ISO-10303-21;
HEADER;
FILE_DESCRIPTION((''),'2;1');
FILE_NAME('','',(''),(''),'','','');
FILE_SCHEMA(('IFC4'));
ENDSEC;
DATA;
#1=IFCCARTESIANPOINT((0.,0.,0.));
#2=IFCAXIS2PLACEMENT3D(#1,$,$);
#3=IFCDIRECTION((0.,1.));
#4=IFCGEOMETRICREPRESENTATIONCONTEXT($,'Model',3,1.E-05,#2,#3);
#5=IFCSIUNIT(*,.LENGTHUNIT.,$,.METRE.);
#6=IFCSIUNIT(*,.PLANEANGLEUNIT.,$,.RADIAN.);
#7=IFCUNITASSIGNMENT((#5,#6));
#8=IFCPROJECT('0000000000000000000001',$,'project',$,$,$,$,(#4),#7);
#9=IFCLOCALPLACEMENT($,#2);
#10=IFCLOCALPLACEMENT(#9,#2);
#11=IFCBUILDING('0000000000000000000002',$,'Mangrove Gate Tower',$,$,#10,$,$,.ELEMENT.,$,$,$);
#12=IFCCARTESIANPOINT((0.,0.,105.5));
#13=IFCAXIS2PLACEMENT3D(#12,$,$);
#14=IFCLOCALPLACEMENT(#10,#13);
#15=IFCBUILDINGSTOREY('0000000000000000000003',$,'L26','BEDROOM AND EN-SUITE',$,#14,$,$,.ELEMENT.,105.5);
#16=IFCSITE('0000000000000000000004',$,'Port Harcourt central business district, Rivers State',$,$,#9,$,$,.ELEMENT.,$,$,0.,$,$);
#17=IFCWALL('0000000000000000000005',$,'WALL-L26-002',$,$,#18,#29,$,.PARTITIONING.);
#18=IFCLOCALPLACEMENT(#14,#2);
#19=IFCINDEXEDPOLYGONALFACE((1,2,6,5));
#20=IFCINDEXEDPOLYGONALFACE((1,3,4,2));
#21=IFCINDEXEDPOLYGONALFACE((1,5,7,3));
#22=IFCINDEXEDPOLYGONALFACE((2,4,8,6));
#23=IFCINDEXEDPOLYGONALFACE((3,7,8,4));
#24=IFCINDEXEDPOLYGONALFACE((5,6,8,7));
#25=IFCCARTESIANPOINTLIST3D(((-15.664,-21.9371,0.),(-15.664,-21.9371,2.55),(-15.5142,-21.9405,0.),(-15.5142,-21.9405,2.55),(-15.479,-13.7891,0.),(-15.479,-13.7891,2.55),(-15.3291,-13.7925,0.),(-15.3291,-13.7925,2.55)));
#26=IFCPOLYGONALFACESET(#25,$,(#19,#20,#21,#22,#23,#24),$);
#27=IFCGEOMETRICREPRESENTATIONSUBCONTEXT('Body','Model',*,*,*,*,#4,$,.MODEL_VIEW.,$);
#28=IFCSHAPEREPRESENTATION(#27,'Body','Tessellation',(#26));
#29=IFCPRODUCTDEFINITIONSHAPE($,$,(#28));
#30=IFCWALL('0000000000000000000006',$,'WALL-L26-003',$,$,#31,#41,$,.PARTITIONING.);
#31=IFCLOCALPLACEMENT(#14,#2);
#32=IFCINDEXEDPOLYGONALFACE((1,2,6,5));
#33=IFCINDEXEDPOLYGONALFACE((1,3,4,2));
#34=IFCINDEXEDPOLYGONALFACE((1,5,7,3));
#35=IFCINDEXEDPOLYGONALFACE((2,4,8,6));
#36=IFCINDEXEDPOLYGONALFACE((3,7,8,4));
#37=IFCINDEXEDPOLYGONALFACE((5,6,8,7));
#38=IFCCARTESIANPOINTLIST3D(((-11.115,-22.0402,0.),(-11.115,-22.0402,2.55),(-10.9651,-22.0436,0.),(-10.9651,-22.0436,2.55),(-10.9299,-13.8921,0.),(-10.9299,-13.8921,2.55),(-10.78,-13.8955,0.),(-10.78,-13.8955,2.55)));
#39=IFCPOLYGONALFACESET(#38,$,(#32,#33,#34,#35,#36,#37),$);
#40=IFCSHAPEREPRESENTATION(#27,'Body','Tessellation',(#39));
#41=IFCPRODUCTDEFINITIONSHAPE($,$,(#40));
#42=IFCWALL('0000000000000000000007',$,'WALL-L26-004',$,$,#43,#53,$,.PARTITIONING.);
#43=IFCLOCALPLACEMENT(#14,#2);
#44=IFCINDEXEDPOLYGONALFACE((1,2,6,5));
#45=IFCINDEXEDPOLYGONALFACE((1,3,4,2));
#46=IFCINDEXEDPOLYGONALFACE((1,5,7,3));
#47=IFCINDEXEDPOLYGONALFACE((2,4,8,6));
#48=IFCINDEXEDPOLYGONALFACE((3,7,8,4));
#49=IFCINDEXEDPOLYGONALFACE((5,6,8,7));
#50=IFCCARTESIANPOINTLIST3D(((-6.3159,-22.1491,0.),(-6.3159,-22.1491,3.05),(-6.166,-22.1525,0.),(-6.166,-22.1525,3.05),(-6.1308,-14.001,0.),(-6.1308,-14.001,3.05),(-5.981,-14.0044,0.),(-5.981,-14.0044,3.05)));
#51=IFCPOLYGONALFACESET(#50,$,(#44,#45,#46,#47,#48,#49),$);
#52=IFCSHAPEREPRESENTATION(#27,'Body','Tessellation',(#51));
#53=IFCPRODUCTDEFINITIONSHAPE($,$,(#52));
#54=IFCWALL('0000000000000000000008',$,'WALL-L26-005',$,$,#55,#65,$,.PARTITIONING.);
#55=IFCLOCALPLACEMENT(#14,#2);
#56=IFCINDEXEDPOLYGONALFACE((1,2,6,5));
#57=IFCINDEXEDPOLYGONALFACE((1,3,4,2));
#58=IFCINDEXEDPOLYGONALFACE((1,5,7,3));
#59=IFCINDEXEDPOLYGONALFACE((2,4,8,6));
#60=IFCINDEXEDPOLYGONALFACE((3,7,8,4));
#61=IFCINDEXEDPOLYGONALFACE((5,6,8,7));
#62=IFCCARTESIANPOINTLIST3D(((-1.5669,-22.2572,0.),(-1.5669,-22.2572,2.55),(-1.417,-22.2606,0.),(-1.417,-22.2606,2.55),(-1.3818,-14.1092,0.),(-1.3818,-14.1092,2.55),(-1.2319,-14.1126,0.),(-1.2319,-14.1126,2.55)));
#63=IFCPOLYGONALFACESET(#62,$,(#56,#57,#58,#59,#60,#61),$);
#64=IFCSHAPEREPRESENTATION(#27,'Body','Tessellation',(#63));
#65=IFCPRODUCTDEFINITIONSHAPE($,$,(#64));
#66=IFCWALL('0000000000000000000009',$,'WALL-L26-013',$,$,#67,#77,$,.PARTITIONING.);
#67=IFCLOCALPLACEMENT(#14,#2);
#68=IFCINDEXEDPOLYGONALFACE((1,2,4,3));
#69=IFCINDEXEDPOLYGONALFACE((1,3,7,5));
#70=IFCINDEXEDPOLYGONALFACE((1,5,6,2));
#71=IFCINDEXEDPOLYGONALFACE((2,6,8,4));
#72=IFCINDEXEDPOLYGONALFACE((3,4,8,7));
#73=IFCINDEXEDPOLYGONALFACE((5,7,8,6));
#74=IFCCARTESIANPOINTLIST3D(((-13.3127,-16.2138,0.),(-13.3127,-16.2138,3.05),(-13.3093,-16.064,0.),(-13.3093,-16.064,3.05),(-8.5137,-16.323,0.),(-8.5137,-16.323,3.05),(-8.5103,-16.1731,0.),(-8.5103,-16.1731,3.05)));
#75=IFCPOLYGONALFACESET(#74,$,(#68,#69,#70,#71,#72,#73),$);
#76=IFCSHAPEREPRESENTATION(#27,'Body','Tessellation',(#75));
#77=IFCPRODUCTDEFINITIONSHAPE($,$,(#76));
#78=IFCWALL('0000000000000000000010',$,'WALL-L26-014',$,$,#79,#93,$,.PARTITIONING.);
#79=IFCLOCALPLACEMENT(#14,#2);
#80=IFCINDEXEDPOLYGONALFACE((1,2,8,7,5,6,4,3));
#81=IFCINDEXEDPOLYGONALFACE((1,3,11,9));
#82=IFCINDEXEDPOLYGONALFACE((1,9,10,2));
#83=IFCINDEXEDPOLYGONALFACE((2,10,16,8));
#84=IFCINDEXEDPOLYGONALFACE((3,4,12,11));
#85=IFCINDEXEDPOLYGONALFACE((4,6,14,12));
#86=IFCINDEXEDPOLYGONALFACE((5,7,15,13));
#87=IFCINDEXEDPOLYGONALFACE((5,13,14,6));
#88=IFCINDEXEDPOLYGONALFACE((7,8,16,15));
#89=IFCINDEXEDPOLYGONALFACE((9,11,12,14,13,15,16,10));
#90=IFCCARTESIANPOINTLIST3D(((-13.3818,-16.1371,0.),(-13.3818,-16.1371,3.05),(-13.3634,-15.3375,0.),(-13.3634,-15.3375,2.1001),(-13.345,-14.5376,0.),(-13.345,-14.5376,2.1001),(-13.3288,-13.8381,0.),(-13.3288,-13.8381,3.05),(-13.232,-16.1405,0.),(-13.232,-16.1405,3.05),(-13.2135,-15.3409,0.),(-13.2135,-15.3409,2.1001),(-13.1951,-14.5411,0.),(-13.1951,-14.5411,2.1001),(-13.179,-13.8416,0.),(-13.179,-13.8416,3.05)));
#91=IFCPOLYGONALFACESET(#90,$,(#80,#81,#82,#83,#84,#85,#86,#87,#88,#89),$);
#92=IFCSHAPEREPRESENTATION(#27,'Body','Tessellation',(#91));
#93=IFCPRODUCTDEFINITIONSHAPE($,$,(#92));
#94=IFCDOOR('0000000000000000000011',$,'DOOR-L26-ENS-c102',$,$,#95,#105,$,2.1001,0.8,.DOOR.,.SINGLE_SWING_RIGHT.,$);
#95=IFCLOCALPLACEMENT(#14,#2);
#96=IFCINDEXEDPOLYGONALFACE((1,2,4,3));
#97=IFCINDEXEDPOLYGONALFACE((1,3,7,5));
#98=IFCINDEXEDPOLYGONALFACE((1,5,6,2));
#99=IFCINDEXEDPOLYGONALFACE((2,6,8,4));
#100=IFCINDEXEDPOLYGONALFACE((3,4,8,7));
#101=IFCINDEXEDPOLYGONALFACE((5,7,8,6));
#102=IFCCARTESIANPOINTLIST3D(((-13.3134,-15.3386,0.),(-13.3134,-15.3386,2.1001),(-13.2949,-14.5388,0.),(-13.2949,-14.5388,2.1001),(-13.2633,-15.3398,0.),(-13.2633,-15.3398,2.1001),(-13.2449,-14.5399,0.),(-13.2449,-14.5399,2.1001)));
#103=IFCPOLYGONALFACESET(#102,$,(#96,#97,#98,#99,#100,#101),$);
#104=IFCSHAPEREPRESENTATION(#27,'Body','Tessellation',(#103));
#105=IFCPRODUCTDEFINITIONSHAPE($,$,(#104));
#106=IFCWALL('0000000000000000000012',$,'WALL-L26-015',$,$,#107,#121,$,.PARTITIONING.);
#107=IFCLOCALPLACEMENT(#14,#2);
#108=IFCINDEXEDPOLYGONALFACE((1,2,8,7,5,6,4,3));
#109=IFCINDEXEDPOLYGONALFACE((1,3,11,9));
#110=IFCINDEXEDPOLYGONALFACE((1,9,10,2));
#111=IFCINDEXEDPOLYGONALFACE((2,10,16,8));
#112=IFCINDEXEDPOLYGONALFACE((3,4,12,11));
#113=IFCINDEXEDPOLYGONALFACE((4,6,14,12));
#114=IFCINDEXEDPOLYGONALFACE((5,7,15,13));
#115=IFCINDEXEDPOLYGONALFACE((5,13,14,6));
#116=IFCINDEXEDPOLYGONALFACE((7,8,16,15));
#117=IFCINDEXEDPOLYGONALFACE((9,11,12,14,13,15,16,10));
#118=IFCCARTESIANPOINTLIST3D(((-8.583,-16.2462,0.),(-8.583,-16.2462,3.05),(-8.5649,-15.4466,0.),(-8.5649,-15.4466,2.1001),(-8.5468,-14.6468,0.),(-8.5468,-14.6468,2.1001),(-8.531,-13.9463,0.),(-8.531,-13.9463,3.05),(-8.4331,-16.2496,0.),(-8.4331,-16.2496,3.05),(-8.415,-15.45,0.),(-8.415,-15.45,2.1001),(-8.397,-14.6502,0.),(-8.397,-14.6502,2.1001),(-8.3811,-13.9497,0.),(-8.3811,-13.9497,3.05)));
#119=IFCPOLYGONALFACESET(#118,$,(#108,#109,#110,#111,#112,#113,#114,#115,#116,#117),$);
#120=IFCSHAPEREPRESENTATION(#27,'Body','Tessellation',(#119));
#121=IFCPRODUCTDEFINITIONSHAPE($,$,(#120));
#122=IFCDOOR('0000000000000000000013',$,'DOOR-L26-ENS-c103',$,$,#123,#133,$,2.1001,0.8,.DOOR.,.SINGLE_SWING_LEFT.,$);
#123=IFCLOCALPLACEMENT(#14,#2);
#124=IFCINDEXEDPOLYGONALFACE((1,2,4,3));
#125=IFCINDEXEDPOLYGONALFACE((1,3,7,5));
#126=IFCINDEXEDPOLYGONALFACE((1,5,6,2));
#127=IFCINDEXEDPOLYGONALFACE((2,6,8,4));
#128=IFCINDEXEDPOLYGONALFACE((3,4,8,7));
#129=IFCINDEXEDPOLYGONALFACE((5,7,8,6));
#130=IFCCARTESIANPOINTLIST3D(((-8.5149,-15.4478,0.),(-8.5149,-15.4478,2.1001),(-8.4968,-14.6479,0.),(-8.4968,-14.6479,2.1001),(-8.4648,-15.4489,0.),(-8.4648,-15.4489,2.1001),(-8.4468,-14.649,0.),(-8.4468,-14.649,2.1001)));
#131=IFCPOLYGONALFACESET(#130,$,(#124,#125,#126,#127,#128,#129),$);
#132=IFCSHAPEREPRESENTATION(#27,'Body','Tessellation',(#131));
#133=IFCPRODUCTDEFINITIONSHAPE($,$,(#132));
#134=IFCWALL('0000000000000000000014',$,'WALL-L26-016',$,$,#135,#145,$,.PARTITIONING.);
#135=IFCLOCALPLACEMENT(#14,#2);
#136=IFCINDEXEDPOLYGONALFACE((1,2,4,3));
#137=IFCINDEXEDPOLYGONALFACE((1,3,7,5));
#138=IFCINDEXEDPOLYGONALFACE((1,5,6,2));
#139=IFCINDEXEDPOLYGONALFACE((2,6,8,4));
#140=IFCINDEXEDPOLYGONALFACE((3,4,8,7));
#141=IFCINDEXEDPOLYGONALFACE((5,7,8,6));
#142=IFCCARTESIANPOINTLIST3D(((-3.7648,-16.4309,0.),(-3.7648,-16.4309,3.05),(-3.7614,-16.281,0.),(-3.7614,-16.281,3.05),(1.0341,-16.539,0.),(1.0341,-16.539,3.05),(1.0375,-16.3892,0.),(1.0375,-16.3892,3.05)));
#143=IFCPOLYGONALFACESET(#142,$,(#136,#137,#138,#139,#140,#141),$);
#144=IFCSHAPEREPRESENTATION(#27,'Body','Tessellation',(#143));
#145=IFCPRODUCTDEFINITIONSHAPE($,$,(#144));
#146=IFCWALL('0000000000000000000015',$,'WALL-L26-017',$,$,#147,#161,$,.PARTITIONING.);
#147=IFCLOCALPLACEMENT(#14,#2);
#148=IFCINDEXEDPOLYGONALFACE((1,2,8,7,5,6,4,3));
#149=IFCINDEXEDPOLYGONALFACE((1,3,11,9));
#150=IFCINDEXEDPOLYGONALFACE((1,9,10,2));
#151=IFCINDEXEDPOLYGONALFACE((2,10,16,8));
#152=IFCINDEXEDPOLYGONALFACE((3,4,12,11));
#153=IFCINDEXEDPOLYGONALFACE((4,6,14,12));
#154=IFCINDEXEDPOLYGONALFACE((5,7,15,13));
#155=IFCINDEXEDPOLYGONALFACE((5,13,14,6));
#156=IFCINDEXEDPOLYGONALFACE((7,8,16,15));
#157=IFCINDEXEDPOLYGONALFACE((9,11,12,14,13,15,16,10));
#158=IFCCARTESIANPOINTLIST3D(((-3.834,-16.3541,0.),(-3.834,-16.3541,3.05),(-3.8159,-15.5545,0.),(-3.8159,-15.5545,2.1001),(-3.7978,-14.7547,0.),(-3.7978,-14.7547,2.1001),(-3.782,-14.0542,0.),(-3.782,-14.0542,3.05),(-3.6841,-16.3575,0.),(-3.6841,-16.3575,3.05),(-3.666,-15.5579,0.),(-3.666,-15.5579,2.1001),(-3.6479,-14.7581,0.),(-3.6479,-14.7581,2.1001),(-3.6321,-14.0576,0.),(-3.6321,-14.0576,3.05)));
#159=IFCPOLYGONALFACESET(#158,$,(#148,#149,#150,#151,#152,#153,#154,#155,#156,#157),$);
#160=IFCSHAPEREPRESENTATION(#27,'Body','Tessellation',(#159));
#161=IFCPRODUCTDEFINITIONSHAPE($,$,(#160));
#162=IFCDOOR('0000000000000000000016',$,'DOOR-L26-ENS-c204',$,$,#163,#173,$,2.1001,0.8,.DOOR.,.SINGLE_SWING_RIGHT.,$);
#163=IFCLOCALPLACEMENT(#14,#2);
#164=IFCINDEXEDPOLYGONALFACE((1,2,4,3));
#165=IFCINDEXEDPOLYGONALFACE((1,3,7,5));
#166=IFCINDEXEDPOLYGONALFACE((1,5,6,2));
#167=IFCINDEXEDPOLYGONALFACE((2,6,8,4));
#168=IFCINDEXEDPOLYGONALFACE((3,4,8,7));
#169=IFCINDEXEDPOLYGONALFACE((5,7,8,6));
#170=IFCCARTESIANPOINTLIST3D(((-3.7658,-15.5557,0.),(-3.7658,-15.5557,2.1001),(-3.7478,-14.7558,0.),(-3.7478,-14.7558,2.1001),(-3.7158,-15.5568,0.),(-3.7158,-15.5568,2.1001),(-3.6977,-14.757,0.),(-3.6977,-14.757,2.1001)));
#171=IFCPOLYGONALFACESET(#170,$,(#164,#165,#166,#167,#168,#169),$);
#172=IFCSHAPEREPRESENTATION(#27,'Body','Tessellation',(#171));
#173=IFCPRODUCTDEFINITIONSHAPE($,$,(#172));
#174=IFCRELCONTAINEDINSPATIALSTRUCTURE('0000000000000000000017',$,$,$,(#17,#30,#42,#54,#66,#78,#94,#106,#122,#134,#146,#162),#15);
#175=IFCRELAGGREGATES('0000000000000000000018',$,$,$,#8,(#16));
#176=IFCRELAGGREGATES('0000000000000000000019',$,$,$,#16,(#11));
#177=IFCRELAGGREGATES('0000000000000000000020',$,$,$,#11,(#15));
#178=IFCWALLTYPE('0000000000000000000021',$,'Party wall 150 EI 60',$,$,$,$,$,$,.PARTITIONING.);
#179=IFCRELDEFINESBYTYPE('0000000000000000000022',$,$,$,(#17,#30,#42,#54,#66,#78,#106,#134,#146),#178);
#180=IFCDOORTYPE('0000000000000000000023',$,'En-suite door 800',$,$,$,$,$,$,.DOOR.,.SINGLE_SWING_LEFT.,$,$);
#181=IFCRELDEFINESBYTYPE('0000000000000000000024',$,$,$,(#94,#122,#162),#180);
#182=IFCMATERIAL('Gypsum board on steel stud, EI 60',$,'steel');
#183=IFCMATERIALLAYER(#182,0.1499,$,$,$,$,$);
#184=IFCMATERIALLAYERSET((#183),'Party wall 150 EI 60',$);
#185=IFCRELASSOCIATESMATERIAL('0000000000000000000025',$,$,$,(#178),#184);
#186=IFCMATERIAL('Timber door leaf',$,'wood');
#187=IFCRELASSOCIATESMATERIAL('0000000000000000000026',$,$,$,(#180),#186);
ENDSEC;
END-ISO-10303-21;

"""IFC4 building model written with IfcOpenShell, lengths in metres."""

from ifc_helpers import new_model, si_unit, direction, frame, frame_2d, origin, place, context, subcontext, project, spatial, rectangle, extrude, material, layer, layer_set, type_object, element, fill, save


model = new_model("IFC4")

# Units and contexts
model_context = context("Model", 3, precision=1e-05, world=origin(), true_north=direction((0.0, 1.0)))
body_context = subcontext(model_context, "Body", "Model", "MODEL_VIEW")
ifc_project = project(units=[si_unit("LENGTHUNIT", "METRE"), si_unit("PLANEANGLEUNIT", "RADIAN")], contexts=[model_context])

# Site, building, storey
site_placement = place(None, origin())
site = spatial("IfcSite", under=ifc_project, at=site_placement, Name="Port Harcourt central business district, Rivers State", CompositionType="ELEMENT", RefElevation=0.0)
building_placement = place(site_placement, origin())
building = spatial("IfcBuilding", under=site, at=building_placement, Name="Mangrove Gate Tower", CompositionType="ELEMENT")
storey_placement = place(building_placement, frame((0.0, 0.0, 105.5)))
storey = spatial("IfcBuildingStorey", under=building, at=storey_placement, Name="L26", Description="BEDROOM AND EN-SUITE", CompositionType="ELEMENT", Elevation=105.5)

# Walls
ifc_material_1 = material(Name="Gypsum board on steel stud, EI 60", Category="steel")
ifc_layer_1 = layer(ifc_material_1, 0.1499)
ifc_layer_set_1 = layer_set([ifc_layer_1], Name="Party wall 150 EI 60")
wall_type_1 = type_object("IfcWallType", Name="Party wall 150 EI 60", PredefinedType="PARTITIONING", material=ifc_layer_set_1)
for number, where, z_axis, x_axis, name in (
    (1, (-15.5891, -21.939, 0.0), (0.0, 0.0, 1.0), (0.022706, 0.999742, 0.0), "WALL-L26-002"),
    (2, (-11.04, -22.042, 0.0), (0.0, 0.0, 1.0), (0.022706, 0.999742, 0.0), "WALL-L26-003"),
):
    element("IfcWall", number, at=place(storey_placement, frame(where, z_axis=z_axis, x_axis=x_axis)), inside=storey, type_object=wall_type_1, Name=name, PredefinedType="PARTITIONING", context=body_context, shape_type="SweptSolid", body=[
        extrude(rectangle(XDim=8.1501, YDim=0.1499, at=frame_2d((4.0752, 0.0))), origin(), (0.0, 0.0, 1.0), 2.55),
    ])
wall_1_placement = place(storey_placement, frame((-6.241, -22.1509, 0.0), z_axis=(0.0, 0.0, 1.0), x_axis=(0.022706, 0.999742, 0.0)))
element("IfcWall", 3, at=wall_1_placement, inside=storey, type_object=wall_type_1, Name="WALL-L26-004", PredefinedType="PARTITIONING", context=body_context, shape_type="SweptSolid", body=[
    extrude(rectangle(XDim=8.1501, YDim=0.1499, at=frame_2d((4.0752, 0.0))), origin(), (0.0, 0.0, 1.0), 3.05),
])
wall_2_placement = place(storey_placement, frame((-1.4919, -22.259, 0.0), z_axis=(0.0, 0.0, 1.0), x_axis=(0.022706, 0.999742, 0.0)))
element("IfcWall", 4, at=wall_2_placement, inside=storey, type_object=wall_type_1, Name="WALL-L26-005", PredefinedType="PARTITIONING", context=body_context, shape_type="SweptSolid", body=[
    extrude(rectangle(XDim=8.1501, YDim=0.1499, at=frame_2d((4.0752, 0.0))), origin(), (0.0, 0.0, 1.0), 2.55),
])
wall_3_placement = place(storey_placement, frame((-13.311, -16.1389, 0.0), z_axis=(0.0, 0.0, 1.0), x_axis=(0.999742, -0.022734, 0.0)))
element("IfcWall", 5, at=wall_3_placement, inside=storey, type_object=wall_type_1, Name="WALL-L26-013", PredefinedType="PARTITIONING", context=body_context, shape_type="SweptSolid", body=[
    extrude(rectangle(XDim=4.8003, YDim=0.1499, at=frame_2d((2.4001, 0.0))), origin(), (0.0, 0.0, 1.0), 3.05),
])

# Walls, openings, doors
wall_4_placement = place(storey_placement, frame((-13.3069, -16.1389, 0.0), z_axis=(0.0, 0.0, 1.0), x_axis=(0.02304, 0.999735, 0.0)))
wall_4 = element("IfcWall", 6, at=wall_4_placement, inside=storey, type_object=wall_type_1, Name="WALL-L26-014", PredefinedType="PARTITIONING", context=body_context, shape_type="SweptSolid", body=[
    extrude(rectangle(XDim=2.2996, YDim=0.1499, at=frame_2d((1.1499, 0.0))), origin(), (0.0, 0.0, 1.0), 3.05),
])
opening_1_placement = place(wall_4_placement, frame((0.8, 0.0, 0.0)))
opening_1 = element("IfcOpeningElement", 7, at=opening_1_placement, cuts=wall_4, PredefinedType="OPENING", context=body_context, shape_type="SweptSolid", body=[
    extrude(rectangle(XDim=0.8, YDim=2.1001, at=frame_2d((0.3999, 1.05))), frame((0.0, 0.085, 0.0), z_axis=(0.0, -1.0, 0.0), x_axis=(1.0, 0.0, 0.0)), (0.0, 0.0, 1.0), 0.1699),
])
ifc_material_2 = material(Name="Timber door leaf", Category="wood")
door_type_1 = type_object("IfcDoorType", Name="En-suite door 800", OperationType="SINGLE_SWING_LEFT", PredefinedType="DOOR", material=ifc_material_2)
door_1_placement = place(opening_1_placement, origin())
door_1 = element("IfcDoor", 8, at=door_1_placement, inside=storey, type_object=door_type_1, Name="DOOR-L26-ENS-c102", OperationType="SINGLE_SWING_RIGHT", OverallHeight=2.1001, OverallWidth=0.8, PredefinedType="DOOR", context=body_context, shape_type="SweptSolid", body=[
    extrude(rectangle(XDim=0.8, YDim=2.1001, at=frame_2d((0.3999, 1.05))), frame((0.0, 0.0249, 0.0), z_axis=(0.0, -1.0, 0.0), x_axis=(1.0, 0.0, 0.0)), (0.0, 0.0, 1.0), 0.05),
])
fill(opening_1, door_1)
wall_5_placement = place(storey_placement, frame((-8.5081, -16.248, 0.0), z_axis=(0.0, 0.0, 1.0), x_axis=(0.022603, 0.999745, 0.0)))
wall_5 = element("IfcWall", 9, at=wall_5_placement, inside=storey, type_object=wall_type_1, Name="WALL-L26-015", PredefinedType="PARTITIONING", context=body_context, shape_type="SweptSolid", body=[
    extrude(rectangle(XDim=2.3005, YDim=0.1499, at=frame_2d((1.1504, 0.0))), origin(), (0.0, 0.0, 1.0), 3.05),
])
opening_2_placement = place(wall_5_placement, frame((0.8, 0.0, 0.0)))
opening_2 = element("IfcOpeningElement", 10, at=opening_2_placement, cuts=wall_5, PredefinedType="OPENING", context=body_context, shape_type="SweptSolid", body=[
    extrude(rectangle(XDim=0.8, YDim=2.1001, at=frame_2d((0.3999, 1.05))), frame((0.0, 0.085, 0.0), z_axis=(0.0, -1.0, 0.0), x_axis=(1.0, 0.0, 0.0)), (0.0, 0.0, 1.0), 0.1699),
])
door_2_placement = place(opening_2_placement, origin())
door_2 = element("IfcDoor", 11, at=door_2_placement, inside=storey, type_object=door_type_1, Name="DOOR-L26-ENS-c103", OperationType="SINGLE_SWING_LEFT", OverallHeight=2.1001, OverallWidth=0.8, PredefinedType="DOOR", context=body_context, shape_type="SweptSolid", body=[
    extrude(rectangle(XDim=0.8, YDim=2.1001, at=frame_2d((0.3999, 1.05))), frame((0.0, 0.0249, 0.0), z_axis=(0.0, -1.0, 0.0), x_axis=(1.0, 0.0, 0.0)), (0.0, 0.0, 1.0), 0.05),
])
fill(opening_2, door_2)

# Wall
wall_6_placement = place(storey_placement, frame((-3.7629, -16.356, 0.0), z_axis=(0.0, 0.0, 1.0), x_axis=(0.999746, -0.022532, 0.0)))
element("IfcWall", 12, at=wall_6_placement, inside=storey, type_object=wall_type_1, Name="WALL-L26-016", PredefinedType="PARTITIONING", context=body_context, shape_type="SweptSolid", body=[
    extrude(rectangle(XDim=4.8, YDim=0.1499, at=frame_2d((2.3999, 0.0))), origin(), (0.0, 0.0, 1.0), 3.05),
])

# Wall, opening, door
wall_7_placement = place(storey_placement, frame((-3.759, -16.356, 0.0), z_axis=(0.0, 0.0, 1.0), x_axis=(0.022603, 0.999745, 0.0)))
wall_7 = element("IfcWall", 13, at=wall_7_placement, inside=storey, type_object=wall_type_1, Name="WALL-L26-017", PredefinedType="PARTITIONING", context=body_context, shape_type="SweptSolid", body=[
    extrude(rectangle(XDim=2.3005, YDim=0.1499, at=frame_2d((1.1504, 0.0))), origin(), (0.0, 0.0, 1.0), 3.05),
])
opening_3_placement = place(wall_7_placement, frame((0.8, 0.0, 0.0)))
opening_3 = element("IfcOpeningElement", 14, at=opening_3_placement, cuts=wall_7, PredefinedType="OPENING", context=body_context, shape_type="SweptSolid", body=[
    extrude(rectangle(XDim=0.8, YDim=2.1001, at=frame_2d((0.3999, 1.05))), frame((0.0, 0.085, 0.0), z_axis=(0.0, -1.0, 0.0), x_axis=(1.0, 0.0, 0.0)), (0.0, 0.0, 1.0), 0.1699),
])
door_3_placement = place(opening_3_placement, origin())
door_3 = element("IfcDoor", 15, at=door_3_placement, inside=storey, type_object=door_type_1, Name="DOOR-L26-ENS-c204", OperationType="SINGLE_SWING_RIGHT", OverallHeight=2.1001, OverallWidth=0.8, PredefinedType="DOOR", context=body_context, shape_type="SweptSolid", body=[
    extrude(rectangle(XDim=0.8, YDim=2.1001, at=frame_2d((0.3999, 1.05))), frame((0.0, 0.0249, 0.0), z_axis=(0.0, -1.0, 0.0), x_axis=(1.0, 0.0, 0.0)), (0.0, 0.0, 1.0), 0.05),
])
fill(opening_3, door_3)

save(model, "model.ifc")
